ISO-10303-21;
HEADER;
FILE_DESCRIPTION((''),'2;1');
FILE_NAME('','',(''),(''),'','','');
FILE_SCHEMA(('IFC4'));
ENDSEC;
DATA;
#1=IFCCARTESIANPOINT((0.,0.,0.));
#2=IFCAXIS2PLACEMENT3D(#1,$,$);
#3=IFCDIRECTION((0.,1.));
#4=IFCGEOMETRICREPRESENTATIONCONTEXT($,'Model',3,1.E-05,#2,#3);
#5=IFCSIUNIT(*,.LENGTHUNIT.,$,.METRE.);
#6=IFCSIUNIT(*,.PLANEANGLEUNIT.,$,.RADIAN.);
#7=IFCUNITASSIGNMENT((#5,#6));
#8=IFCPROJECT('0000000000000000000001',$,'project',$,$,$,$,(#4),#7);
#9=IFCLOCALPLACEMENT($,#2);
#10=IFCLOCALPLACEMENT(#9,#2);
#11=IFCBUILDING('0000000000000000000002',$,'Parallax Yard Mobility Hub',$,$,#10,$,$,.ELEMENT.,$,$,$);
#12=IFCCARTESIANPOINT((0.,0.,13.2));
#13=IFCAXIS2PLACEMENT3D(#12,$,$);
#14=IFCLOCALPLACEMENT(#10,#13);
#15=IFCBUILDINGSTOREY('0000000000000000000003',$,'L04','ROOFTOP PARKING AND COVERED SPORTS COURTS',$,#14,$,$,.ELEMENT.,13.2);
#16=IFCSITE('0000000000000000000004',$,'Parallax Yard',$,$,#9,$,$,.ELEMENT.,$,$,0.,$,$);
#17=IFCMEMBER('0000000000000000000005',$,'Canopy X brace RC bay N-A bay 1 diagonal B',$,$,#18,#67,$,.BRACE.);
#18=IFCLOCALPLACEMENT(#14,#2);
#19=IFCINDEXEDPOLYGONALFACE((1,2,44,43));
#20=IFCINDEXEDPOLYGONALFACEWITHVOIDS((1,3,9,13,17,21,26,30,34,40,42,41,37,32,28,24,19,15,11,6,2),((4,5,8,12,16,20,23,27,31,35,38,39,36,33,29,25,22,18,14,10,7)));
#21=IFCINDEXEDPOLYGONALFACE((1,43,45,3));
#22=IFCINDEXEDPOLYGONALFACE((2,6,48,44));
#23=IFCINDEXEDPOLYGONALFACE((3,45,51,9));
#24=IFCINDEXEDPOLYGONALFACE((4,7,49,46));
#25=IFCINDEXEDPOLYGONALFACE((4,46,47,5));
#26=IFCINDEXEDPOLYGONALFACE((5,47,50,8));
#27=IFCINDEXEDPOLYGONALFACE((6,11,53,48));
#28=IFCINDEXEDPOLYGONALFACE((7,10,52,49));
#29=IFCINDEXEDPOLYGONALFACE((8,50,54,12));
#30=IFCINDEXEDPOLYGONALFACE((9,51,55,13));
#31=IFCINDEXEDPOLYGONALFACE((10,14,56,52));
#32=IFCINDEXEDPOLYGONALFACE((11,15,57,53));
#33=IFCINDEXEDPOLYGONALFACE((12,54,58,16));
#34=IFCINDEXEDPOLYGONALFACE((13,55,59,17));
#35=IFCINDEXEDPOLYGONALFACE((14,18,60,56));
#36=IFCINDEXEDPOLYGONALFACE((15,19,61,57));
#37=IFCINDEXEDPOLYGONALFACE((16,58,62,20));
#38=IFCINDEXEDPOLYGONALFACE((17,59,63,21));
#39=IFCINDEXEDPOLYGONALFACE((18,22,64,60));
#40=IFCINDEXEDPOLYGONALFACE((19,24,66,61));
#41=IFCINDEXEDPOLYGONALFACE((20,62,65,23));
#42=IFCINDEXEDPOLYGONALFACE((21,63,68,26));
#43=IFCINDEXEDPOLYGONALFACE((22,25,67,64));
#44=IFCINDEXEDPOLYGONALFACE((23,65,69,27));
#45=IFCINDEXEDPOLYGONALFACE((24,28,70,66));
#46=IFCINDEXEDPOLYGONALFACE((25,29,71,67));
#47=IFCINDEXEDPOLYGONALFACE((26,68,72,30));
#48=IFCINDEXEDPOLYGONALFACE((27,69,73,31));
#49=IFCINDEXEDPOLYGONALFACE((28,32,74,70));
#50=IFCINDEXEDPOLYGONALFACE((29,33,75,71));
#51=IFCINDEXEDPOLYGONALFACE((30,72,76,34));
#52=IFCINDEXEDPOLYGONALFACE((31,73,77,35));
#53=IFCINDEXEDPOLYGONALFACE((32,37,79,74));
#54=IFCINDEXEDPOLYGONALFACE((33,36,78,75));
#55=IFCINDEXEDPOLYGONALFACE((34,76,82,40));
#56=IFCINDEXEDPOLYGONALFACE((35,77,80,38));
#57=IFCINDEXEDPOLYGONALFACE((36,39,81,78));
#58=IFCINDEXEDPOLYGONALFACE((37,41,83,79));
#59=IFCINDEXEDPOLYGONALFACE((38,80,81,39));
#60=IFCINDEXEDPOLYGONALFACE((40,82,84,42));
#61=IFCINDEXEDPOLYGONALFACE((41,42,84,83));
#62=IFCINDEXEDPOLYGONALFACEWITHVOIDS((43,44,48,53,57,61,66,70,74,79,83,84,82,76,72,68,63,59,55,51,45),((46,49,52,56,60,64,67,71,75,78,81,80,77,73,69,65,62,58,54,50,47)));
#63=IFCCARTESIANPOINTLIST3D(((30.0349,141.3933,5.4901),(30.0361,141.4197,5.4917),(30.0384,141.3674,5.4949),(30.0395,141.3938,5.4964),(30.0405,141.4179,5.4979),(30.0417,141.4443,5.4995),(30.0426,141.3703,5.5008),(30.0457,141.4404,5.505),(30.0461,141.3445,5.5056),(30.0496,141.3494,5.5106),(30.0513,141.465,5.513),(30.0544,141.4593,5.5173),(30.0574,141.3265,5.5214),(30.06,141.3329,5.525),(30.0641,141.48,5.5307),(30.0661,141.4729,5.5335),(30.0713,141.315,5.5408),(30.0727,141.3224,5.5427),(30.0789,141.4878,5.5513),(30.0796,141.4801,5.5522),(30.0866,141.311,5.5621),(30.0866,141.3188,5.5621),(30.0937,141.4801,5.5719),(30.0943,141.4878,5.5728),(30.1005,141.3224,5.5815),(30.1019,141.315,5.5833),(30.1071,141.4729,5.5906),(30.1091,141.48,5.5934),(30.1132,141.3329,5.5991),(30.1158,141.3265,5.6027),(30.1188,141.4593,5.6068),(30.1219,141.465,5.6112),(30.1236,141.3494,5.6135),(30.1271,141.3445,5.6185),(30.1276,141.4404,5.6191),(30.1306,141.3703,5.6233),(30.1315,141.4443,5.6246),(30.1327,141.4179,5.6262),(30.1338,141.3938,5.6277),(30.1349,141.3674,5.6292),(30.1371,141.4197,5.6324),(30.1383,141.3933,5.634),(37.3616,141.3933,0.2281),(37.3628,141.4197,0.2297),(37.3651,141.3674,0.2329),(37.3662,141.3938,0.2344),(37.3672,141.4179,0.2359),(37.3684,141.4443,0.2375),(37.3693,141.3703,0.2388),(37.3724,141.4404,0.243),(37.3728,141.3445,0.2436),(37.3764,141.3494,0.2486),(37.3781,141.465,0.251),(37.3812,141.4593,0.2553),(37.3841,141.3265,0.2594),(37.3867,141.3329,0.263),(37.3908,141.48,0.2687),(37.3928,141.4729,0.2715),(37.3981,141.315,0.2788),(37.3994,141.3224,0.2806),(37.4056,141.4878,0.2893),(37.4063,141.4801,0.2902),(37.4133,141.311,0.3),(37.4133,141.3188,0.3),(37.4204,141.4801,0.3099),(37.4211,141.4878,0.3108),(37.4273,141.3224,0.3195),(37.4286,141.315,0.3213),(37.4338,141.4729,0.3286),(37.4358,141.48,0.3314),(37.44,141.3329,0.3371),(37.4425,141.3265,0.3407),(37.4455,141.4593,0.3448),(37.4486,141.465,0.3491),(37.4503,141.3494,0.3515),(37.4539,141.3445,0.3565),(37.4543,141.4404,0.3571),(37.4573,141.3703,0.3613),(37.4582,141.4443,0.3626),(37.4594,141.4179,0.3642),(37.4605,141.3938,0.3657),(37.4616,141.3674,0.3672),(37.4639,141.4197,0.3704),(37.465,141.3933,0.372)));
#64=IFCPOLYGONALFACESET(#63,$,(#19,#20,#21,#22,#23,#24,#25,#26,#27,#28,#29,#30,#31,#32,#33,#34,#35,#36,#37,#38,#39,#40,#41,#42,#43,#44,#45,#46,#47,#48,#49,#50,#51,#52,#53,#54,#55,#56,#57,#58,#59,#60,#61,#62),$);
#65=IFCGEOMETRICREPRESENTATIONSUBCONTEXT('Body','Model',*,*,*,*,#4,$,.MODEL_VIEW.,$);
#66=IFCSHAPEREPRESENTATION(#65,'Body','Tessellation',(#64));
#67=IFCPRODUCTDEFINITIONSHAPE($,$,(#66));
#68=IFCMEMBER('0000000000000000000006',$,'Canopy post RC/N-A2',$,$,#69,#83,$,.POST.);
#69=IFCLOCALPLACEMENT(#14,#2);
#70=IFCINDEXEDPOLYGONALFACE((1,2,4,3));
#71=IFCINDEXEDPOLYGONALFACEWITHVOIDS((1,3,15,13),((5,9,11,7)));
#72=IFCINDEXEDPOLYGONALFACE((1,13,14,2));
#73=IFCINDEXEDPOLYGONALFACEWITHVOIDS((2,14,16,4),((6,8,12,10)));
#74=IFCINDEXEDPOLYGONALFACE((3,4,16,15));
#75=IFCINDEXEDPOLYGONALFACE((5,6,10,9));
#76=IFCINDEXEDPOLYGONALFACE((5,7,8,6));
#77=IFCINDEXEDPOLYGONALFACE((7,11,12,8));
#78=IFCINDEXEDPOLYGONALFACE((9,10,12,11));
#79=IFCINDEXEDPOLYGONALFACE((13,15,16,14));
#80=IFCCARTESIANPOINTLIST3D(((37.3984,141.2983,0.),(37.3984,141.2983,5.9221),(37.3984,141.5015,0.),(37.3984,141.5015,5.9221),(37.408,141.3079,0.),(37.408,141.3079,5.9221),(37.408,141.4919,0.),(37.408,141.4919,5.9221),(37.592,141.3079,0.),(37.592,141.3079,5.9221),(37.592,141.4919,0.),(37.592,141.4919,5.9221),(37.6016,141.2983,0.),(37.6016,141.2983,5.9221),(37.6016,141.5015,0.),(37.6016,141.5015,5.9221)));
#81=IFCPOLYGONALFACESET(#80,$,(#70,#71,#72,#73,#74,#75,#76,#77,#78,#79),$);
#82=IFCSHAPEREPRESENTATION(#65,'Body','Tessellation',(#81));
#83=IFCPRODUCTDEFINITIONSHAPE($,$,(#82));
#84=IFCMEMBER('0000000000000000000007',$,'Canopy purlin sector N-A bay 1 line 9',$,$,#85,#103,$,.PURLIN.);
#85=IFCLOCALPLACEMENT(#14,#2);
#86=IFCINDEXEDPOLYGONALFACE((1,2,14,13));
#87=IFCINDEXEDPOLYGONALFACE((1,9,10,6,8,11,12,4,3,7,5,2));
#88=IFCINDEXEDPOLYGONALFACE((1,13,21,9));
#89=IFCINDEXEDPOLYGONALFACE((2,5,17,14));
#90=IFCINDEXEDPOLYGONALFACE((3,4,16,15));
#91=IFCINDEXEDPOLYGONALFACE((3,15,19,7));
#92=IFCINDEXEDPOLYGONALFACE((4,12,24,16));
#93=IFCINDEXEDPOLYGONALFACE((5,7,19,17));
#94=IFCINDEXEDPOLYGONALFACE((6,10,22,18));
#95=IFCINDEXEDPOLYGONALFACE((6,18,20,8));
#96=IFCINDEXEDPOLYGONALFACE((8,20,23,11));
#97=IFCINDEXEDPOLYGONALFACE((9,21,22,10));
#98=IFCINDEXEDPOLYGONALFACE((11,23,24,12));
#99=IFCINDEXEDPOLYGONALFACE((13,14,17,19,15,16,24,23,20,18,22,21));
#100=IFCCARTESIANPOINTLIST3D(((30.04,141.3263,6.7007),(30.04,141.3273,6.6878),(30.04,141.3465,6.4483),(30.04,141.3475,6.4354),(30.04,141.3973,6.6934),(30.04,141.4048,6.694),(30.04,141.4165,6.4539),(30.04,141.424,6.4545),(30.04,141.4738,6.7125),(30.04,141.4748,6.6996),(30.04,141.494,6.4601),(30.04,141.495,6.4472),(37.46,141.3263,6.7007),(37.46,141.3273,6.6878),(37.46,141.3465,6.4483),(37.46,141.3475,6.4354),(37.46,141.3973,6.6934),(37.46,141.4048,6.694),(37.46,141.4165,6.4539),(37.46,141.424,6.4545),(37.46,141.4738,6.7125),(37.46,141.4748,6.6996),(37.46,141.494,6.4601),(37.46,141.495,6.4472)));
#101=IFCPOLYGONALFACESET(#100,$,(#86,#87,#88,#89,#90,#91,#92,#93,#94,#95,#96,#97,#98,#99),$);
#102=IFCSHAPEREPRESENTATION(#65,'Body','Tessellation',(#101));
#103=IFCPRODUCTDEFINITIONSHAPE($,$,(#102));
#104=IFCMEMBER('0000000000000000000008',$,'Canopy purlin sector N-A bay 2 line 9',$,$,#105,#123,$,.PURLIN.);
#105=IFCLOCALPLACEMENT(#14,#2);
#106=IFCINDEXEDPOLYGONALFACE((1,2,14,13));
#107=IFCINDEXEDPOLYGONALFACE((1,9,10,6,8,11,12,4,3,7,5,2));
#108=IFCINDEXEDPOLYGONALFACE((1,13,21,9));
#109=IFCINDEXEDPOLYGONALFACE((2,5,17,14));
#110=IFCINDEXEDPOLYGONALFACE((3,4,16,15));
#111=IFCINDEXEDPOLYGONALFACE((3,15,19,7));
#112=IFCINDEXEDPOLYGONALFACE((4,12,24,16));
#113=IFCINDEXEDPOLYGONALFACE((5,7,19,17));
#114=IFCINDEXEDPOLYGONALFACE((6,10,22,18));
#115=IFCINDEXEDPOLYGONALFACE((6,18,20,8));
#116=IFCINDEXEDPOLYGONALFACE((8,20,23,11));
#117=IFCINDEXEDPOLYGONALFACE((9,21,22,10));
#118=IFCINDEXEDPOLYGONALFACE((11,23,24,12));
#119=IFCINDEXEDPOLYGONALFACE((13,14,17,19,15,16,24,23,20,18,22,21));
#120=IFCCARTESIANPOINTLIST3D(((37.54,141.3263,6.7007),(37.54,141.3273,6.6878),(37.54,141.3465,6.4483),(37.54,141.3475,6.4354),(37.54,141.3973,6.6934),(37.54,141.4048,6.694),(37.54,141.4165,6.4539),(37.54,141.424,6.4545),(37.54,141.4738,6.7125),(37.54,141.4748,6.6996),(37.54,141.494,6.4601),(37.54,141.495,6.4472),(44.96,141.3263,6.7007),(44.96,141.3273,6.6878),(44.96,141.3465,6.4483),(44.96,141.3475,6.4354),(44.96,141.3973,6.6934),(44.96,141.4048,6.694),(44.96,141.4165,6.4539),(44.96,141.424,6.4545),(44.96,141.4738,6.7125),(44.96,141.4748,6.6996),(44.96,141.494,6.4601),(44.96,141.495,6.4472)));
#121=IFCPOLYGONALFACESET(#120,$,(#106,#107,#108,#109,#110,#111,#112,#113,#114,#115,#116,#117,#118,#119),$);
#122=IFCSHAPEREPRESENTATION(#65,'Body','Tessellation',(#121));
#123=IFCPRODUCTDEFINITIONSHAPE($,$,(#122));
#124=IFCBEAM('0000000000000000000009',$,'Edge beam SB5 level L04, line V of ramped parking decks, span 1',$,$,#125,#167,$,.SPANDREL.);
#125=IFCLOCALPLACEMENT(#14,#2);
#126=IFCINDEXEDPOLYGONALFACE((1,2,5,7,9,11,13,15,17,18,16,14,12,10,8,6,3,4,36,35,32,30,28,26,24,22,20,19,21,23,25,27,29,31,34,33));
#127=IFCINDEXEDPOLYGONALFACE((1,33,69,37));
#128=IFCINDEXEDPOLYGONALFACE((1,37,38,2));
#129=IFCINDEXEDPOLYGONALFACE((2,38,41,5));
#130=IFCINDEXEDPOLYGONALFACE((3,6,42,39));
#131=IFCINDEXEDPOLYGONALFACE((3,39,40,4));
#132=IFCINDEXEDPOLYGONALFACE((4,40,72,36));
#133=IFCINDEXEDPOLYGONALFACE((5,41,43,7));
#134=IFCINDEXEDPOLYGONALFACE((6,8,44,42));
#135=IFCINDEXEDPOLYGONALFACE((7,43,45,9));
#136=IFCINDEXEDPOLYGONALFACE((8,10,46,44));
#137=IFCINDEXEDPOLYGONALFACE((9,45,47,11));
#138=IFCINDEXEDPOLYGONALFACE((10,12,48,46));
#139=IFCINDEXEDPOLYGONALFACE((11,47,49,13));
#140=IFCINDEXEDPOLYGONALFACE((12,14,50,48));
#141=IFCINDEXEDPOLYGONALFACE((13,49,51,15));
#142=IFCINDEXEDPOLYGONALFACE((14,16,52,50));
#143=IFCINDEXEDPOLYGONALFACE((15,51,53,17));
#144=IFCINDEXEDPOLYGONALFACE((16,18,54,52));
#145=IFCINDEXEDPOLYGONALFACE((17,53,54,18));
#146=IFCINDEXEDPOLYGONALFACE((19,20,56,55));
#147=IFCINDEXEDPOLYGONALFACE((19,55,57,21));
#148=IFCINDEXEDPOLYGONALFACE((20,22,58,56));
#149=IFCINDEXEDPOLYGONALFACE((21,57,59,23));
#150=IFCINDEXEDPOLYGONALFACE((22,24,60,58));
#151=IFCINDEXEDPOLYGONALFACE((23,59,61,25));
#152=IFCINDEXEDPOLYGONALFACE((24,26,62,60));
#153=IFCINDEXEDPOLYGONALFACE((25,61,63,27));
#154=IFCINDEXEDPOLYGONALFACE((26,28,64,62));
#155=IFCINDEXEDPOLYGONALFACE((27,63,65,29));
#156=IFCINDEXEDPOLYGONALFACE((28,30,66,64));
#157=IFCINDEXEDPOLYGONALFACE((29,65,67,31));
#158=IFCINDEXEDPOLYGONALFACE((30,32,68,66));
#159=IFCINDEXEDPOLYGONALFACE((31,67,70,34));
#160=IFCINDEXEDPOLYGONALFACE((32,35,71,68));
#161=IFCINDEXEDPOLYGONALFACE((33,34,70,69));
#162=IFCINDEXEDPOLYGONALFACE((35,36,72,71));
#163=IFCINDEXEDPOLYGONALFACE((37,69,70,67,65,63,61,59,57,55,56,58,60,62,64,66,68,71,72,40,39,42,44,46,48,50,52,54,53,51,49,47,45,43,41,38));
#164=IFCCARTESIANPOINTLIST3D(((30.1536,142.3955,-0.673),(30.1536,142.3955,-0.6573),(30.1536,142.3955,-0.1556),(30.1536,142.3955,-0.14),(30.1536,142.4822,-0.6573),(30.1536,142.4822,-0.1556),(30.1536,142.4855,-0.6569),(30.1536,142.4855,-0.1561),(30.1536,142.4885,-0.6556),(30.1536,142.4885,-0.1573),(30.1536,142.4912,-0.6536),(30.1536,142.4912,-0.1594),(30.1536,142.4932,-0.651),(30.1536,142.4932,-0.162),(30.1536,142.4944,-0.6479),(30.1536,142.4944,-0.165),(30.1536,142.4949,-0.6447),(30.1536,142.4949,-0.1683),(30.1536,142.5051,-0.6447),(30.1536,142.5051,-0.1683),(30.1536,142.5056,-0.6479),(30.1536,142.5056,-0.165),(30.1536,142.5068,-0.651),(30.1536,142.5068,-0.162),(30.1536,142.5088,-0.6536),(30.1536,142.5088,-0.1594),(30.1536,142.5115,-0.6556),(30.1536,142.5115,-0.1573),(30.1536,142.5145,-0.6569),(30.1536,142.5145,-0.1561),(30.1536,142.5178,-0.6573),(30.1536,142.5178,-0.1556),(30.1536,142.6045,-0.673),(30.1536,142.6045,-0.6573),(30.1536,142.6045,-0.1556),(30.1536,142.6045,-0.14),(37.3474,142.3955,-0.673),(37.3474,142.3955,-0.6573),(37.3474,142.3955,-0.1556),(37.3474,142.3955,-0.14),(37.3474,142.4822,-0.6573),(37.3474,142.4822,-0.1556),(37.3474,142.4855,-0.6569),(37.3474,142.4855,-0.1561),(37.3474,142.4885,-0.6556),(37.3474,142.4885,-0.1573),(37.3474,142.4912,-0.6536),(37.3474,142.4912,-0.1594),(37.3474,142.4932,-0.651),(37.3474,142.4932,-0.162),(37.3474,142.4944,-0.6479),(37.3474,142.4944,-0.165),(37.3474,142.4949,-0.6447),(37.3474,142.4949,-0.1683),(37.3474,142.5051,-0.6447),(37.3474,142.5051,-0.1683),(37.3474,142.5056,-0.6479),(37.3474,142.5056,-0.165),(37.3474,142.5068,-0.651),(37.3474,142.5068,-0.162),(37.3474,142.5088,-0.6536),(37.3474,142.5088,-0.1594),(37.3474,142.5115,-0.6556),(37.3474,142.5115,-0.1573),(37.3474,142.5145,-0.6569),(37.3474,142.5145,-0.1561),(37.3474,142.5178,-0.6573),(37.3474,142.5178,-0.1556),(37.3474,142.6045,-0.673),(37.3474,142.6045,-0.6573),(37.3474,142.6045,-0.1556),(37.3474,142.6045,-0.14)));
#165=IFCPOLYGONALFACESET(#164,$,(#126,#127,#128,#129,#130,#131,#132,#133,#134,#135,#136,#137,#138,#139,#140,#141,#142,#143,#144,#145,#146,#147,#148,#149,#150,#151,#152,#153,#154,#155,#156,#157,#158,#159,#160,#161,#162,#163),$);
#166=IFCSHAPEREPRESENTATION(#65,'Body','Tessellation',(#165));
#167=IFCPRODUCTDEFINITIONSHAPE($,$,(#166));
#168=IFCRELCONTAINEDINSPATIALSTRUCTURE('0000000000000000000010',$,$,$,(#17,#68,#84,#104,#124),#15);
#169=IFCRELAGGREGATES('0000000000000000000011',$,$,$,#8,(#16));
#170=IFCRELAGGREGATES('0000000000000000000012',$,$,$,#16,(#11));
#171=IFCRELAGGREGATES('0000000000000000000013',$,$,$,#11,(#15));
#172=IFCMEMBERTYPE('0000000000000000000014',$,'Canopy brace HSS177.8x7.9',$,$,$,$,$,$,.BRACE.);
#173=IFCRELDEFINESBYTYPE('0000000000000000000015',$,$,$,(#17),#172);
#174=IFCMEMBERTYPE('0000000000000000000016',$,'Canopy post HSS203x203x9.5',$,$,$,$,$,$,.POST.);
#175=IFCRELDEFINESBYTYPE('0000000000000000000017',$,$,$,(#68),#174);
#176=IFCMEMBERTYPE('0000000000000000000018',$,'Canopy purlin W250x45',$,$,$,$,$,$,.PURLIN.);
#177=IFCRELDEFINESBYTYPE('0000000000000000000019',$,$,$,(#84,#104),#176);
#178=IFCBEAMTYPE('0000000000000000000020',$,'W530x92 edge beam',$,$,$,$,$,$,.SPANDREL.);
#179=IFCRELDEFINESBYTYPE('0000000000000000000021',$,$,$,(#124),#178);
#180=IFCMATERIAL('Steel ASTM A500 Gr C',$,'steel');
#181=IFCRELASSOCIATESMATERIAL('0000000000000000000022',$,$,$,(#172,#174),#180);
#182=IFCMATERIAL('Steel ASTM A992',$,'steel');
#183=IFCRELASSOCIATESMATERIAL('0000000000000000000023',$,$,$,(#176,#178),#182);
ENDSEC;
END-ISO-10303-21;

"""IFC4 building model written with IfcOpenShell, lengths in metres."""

from ifc_helpers import new_model, si_unit, direction, frame, origin, origin_2d, place, context, subcontext, project, spatial, hollow_rectangle, hollow_circle, i_section, extrude, material, material_profile, profile_set, type_object, element, save


model = new_model("IFC4")

# Units and contexts
model_context = context("Model", 3, precision=1e-05, world=origin(), true_north=direction((0.0, 1.0)))
body_context = subcontext(model_context, "Body", "Model", "MODEL_VIEW")
ifc_project = project(units=[si_unit("LENGTHUNIT", "METRE"), si_unit("PLANEANGLEUNIT", "RADIAN")], contexts=[model_context])

# Site, building, storey
site_placement = place(None, origin())
site = spatial("IfcSite", under=ifc_project, at=site_placement, Name="Parallax Yard", CompositionType="ELEMENT", RefElevation=0.0)
building_placement = place(site_placement, origin())
building = spatial("IfcBuilding", under=site, at=building_placement, Name="Parallax Yard Mobility Hub", CompositionType="ELEMENT")
storey_placement = place(building_placement, frame((0.0, 0.0, 13.2)))
storey = spatial("IfcBuildingStorey", under=building, at=storey_placement, Name="L04", Description="ROOFTOP PARKING AND COVERED SPORTS COURTS", CompositionType="ELEMENT", Elevation=13.2)

# Members
ifc_material_1 = material(Name="Steel ASTM A500 Gr C", Category="steel")
ifc_material_profile_1 = material_profile(ifc_material_1, hollow_circle(Radius=0.0889, WallThickness=0.0078, at=origin_2d()), Name="HSS177.8x7.9")
ifc_profile_set_1 = profile_set([ifc_material_profile_1], Name="Steel ASTM A500 Gr C")
member_type_1 = type_object("IfcMemberType", Name="Canopy brace HSS177.8x7.9", PredefinedType="BRACE", material=ifc_profile_set_1)
member_1_placement = place(storey_placement, frame((37.4133, 141.3999, 0.3), z_axis=(-0.812229, 0.0, 0.583338), x_axis=(0.0, -1.0, 0.0)))
element("IfcMember", 1, at=member_1_placement, inside=storey, type_object=member_type_1, Name="Canopy X brace RC bay N-A bay 1 diagonal B", PredefinedType="BRACE", context=body_context, shape_type="SweptSolid", body=[
    extrude(hollow_circle(Radius=0.0889, WallThickness=0.0078, at=origin_2d()), origin(), (0.0, 0.0, 1.0), 9.0205),
])
ifc_material_profile_2 = material_profile(ifc_material_1, hollow_rectangle(XDim=0.2031, YDim=0.2031, WallThickness=0.0095, at=origin_2d()), Name="HSS203x203x9.5")
ifc_profile_set_2 = profile_set([ifc_material_profile_2], Name="Steel ASTM A500 Gr C")
member_type_2 = type_object("IfcMemberType", Name="Canopy post HSS203x203x9.5", PredefinedType="POST", material=ifc_profile_set_2)
member_2_placement = place(storey_placement, frame((37.5, 141.3999, 0.0), z_axis=(0.0, 0.0, 1.0), x_axis=(1.0, 0.0, 0.0)))
element("IfcMember", 2, at=member_2_placement, inside=storey, type_object=member_type_2, Name="Canopy post RC/N-A2", PredefinedType="POST", context=body_context, shape_type="SweptSolid", body=[
    extrude(hollow_rectangle(XDim=0.2031, YDim=0.2031, WallThickness=0.0095, at=origin_2d()), origin(), (0.0, 0.0, 1.0), 5.9221),
])
ifc_material_2 = material(Name="Steel ASTM A992", Category="steel")
ifc_material_profile_3 = material_profile(ifc_material_2, i_section(OverallWidth=0.1479, OverallDepth=0.2661, WebThickness=0.0076, FlangeThickness=0.0129, at=origin_2d()), Name="W250x45")
ifc_profile_set_3 = profile_set([ifc_material_profile_3], Name="Steel ASTM A992")
member_type_3 = type_object("IfcMemberType", Name="Canopy purlin W250x45", PredefinedType="PURLIN", material=ifc_profile_set_3)
for number, where, z_axis, x_axis, name in (
    (3, (30.04, 141.4106, 6.574), (1.0, 0.0, 0.0), (0.0, 0.996815, 0.079745), "Canopy purlin sector N-A bay 1 line 9"),
    (4, (37.54, 141.4106, 6.574), (1.0, 0.0, 0.0), (0.0, 0.996815, 0.079745), "Canopy purlin sector N-A bay 2 line 9"),
):
    element("IfcMember", number, at=place(storey_placement, frame(where, z_axis=z_axis, x_axis=x_axis)), inside=storey, type_object=member_type_3, Name=name, PredefinedType="PURLIN", context=body_context, shape_type="SweptSolid", body=[
        extrude(i_section(OverallWidth=0.1479, OverallDepth=0.2661, WebThickness=0.0076, FlangeThickness=0.0129, at=origin_2d()), origin(), (0.0, 0.0, 1.0), 7.4199),
    ])

# Beam
ifc_material_profile_4 = material_profile(ifc_material_2, i_section(OverallWidth=0.209, OverallDepth=0.533, WebThickness=0.0103, FlangeThickness=0.0156, FilletRadius=0.0127, at=origin_2d()), Name="W530x92")
ifc_profile_set_4 = profile_set([ifc_material_profile_4], Name="Steel ASTM A992")
beam_type = type_object("IfcBeamType", Name="W530x92 edge beam", PredefinedType="SPANDREL", material=ifc_profile_set_4)
beam_1_placement = place(storey_placement, frame((30.1536, 142.5, -0.4065), z_axis=(1.0, 0.0, 0.0), x_axis=(0.0, 1.0, 0.0)))
element("IfcBeam", 5, at=beam_1_placement, inside=storey, type_object=beam_type, Name="Edge beam SB5 level L04, line V of ramped parking decks, span 1", PredefinedType="SPANDREL", context=body_context, shape_type="SweptSolid", body=[
    extrude(i_section(OverallWidth=0.209, OverallDepth=0.533, WebThickness=0.0103, FlangeThickness=0.0156, FilletRadius=0.0127, at=origin_2d()), origin(), (0.0, 0.0, 1.0), 7.1938),
])

save(model, "model.ifc")
